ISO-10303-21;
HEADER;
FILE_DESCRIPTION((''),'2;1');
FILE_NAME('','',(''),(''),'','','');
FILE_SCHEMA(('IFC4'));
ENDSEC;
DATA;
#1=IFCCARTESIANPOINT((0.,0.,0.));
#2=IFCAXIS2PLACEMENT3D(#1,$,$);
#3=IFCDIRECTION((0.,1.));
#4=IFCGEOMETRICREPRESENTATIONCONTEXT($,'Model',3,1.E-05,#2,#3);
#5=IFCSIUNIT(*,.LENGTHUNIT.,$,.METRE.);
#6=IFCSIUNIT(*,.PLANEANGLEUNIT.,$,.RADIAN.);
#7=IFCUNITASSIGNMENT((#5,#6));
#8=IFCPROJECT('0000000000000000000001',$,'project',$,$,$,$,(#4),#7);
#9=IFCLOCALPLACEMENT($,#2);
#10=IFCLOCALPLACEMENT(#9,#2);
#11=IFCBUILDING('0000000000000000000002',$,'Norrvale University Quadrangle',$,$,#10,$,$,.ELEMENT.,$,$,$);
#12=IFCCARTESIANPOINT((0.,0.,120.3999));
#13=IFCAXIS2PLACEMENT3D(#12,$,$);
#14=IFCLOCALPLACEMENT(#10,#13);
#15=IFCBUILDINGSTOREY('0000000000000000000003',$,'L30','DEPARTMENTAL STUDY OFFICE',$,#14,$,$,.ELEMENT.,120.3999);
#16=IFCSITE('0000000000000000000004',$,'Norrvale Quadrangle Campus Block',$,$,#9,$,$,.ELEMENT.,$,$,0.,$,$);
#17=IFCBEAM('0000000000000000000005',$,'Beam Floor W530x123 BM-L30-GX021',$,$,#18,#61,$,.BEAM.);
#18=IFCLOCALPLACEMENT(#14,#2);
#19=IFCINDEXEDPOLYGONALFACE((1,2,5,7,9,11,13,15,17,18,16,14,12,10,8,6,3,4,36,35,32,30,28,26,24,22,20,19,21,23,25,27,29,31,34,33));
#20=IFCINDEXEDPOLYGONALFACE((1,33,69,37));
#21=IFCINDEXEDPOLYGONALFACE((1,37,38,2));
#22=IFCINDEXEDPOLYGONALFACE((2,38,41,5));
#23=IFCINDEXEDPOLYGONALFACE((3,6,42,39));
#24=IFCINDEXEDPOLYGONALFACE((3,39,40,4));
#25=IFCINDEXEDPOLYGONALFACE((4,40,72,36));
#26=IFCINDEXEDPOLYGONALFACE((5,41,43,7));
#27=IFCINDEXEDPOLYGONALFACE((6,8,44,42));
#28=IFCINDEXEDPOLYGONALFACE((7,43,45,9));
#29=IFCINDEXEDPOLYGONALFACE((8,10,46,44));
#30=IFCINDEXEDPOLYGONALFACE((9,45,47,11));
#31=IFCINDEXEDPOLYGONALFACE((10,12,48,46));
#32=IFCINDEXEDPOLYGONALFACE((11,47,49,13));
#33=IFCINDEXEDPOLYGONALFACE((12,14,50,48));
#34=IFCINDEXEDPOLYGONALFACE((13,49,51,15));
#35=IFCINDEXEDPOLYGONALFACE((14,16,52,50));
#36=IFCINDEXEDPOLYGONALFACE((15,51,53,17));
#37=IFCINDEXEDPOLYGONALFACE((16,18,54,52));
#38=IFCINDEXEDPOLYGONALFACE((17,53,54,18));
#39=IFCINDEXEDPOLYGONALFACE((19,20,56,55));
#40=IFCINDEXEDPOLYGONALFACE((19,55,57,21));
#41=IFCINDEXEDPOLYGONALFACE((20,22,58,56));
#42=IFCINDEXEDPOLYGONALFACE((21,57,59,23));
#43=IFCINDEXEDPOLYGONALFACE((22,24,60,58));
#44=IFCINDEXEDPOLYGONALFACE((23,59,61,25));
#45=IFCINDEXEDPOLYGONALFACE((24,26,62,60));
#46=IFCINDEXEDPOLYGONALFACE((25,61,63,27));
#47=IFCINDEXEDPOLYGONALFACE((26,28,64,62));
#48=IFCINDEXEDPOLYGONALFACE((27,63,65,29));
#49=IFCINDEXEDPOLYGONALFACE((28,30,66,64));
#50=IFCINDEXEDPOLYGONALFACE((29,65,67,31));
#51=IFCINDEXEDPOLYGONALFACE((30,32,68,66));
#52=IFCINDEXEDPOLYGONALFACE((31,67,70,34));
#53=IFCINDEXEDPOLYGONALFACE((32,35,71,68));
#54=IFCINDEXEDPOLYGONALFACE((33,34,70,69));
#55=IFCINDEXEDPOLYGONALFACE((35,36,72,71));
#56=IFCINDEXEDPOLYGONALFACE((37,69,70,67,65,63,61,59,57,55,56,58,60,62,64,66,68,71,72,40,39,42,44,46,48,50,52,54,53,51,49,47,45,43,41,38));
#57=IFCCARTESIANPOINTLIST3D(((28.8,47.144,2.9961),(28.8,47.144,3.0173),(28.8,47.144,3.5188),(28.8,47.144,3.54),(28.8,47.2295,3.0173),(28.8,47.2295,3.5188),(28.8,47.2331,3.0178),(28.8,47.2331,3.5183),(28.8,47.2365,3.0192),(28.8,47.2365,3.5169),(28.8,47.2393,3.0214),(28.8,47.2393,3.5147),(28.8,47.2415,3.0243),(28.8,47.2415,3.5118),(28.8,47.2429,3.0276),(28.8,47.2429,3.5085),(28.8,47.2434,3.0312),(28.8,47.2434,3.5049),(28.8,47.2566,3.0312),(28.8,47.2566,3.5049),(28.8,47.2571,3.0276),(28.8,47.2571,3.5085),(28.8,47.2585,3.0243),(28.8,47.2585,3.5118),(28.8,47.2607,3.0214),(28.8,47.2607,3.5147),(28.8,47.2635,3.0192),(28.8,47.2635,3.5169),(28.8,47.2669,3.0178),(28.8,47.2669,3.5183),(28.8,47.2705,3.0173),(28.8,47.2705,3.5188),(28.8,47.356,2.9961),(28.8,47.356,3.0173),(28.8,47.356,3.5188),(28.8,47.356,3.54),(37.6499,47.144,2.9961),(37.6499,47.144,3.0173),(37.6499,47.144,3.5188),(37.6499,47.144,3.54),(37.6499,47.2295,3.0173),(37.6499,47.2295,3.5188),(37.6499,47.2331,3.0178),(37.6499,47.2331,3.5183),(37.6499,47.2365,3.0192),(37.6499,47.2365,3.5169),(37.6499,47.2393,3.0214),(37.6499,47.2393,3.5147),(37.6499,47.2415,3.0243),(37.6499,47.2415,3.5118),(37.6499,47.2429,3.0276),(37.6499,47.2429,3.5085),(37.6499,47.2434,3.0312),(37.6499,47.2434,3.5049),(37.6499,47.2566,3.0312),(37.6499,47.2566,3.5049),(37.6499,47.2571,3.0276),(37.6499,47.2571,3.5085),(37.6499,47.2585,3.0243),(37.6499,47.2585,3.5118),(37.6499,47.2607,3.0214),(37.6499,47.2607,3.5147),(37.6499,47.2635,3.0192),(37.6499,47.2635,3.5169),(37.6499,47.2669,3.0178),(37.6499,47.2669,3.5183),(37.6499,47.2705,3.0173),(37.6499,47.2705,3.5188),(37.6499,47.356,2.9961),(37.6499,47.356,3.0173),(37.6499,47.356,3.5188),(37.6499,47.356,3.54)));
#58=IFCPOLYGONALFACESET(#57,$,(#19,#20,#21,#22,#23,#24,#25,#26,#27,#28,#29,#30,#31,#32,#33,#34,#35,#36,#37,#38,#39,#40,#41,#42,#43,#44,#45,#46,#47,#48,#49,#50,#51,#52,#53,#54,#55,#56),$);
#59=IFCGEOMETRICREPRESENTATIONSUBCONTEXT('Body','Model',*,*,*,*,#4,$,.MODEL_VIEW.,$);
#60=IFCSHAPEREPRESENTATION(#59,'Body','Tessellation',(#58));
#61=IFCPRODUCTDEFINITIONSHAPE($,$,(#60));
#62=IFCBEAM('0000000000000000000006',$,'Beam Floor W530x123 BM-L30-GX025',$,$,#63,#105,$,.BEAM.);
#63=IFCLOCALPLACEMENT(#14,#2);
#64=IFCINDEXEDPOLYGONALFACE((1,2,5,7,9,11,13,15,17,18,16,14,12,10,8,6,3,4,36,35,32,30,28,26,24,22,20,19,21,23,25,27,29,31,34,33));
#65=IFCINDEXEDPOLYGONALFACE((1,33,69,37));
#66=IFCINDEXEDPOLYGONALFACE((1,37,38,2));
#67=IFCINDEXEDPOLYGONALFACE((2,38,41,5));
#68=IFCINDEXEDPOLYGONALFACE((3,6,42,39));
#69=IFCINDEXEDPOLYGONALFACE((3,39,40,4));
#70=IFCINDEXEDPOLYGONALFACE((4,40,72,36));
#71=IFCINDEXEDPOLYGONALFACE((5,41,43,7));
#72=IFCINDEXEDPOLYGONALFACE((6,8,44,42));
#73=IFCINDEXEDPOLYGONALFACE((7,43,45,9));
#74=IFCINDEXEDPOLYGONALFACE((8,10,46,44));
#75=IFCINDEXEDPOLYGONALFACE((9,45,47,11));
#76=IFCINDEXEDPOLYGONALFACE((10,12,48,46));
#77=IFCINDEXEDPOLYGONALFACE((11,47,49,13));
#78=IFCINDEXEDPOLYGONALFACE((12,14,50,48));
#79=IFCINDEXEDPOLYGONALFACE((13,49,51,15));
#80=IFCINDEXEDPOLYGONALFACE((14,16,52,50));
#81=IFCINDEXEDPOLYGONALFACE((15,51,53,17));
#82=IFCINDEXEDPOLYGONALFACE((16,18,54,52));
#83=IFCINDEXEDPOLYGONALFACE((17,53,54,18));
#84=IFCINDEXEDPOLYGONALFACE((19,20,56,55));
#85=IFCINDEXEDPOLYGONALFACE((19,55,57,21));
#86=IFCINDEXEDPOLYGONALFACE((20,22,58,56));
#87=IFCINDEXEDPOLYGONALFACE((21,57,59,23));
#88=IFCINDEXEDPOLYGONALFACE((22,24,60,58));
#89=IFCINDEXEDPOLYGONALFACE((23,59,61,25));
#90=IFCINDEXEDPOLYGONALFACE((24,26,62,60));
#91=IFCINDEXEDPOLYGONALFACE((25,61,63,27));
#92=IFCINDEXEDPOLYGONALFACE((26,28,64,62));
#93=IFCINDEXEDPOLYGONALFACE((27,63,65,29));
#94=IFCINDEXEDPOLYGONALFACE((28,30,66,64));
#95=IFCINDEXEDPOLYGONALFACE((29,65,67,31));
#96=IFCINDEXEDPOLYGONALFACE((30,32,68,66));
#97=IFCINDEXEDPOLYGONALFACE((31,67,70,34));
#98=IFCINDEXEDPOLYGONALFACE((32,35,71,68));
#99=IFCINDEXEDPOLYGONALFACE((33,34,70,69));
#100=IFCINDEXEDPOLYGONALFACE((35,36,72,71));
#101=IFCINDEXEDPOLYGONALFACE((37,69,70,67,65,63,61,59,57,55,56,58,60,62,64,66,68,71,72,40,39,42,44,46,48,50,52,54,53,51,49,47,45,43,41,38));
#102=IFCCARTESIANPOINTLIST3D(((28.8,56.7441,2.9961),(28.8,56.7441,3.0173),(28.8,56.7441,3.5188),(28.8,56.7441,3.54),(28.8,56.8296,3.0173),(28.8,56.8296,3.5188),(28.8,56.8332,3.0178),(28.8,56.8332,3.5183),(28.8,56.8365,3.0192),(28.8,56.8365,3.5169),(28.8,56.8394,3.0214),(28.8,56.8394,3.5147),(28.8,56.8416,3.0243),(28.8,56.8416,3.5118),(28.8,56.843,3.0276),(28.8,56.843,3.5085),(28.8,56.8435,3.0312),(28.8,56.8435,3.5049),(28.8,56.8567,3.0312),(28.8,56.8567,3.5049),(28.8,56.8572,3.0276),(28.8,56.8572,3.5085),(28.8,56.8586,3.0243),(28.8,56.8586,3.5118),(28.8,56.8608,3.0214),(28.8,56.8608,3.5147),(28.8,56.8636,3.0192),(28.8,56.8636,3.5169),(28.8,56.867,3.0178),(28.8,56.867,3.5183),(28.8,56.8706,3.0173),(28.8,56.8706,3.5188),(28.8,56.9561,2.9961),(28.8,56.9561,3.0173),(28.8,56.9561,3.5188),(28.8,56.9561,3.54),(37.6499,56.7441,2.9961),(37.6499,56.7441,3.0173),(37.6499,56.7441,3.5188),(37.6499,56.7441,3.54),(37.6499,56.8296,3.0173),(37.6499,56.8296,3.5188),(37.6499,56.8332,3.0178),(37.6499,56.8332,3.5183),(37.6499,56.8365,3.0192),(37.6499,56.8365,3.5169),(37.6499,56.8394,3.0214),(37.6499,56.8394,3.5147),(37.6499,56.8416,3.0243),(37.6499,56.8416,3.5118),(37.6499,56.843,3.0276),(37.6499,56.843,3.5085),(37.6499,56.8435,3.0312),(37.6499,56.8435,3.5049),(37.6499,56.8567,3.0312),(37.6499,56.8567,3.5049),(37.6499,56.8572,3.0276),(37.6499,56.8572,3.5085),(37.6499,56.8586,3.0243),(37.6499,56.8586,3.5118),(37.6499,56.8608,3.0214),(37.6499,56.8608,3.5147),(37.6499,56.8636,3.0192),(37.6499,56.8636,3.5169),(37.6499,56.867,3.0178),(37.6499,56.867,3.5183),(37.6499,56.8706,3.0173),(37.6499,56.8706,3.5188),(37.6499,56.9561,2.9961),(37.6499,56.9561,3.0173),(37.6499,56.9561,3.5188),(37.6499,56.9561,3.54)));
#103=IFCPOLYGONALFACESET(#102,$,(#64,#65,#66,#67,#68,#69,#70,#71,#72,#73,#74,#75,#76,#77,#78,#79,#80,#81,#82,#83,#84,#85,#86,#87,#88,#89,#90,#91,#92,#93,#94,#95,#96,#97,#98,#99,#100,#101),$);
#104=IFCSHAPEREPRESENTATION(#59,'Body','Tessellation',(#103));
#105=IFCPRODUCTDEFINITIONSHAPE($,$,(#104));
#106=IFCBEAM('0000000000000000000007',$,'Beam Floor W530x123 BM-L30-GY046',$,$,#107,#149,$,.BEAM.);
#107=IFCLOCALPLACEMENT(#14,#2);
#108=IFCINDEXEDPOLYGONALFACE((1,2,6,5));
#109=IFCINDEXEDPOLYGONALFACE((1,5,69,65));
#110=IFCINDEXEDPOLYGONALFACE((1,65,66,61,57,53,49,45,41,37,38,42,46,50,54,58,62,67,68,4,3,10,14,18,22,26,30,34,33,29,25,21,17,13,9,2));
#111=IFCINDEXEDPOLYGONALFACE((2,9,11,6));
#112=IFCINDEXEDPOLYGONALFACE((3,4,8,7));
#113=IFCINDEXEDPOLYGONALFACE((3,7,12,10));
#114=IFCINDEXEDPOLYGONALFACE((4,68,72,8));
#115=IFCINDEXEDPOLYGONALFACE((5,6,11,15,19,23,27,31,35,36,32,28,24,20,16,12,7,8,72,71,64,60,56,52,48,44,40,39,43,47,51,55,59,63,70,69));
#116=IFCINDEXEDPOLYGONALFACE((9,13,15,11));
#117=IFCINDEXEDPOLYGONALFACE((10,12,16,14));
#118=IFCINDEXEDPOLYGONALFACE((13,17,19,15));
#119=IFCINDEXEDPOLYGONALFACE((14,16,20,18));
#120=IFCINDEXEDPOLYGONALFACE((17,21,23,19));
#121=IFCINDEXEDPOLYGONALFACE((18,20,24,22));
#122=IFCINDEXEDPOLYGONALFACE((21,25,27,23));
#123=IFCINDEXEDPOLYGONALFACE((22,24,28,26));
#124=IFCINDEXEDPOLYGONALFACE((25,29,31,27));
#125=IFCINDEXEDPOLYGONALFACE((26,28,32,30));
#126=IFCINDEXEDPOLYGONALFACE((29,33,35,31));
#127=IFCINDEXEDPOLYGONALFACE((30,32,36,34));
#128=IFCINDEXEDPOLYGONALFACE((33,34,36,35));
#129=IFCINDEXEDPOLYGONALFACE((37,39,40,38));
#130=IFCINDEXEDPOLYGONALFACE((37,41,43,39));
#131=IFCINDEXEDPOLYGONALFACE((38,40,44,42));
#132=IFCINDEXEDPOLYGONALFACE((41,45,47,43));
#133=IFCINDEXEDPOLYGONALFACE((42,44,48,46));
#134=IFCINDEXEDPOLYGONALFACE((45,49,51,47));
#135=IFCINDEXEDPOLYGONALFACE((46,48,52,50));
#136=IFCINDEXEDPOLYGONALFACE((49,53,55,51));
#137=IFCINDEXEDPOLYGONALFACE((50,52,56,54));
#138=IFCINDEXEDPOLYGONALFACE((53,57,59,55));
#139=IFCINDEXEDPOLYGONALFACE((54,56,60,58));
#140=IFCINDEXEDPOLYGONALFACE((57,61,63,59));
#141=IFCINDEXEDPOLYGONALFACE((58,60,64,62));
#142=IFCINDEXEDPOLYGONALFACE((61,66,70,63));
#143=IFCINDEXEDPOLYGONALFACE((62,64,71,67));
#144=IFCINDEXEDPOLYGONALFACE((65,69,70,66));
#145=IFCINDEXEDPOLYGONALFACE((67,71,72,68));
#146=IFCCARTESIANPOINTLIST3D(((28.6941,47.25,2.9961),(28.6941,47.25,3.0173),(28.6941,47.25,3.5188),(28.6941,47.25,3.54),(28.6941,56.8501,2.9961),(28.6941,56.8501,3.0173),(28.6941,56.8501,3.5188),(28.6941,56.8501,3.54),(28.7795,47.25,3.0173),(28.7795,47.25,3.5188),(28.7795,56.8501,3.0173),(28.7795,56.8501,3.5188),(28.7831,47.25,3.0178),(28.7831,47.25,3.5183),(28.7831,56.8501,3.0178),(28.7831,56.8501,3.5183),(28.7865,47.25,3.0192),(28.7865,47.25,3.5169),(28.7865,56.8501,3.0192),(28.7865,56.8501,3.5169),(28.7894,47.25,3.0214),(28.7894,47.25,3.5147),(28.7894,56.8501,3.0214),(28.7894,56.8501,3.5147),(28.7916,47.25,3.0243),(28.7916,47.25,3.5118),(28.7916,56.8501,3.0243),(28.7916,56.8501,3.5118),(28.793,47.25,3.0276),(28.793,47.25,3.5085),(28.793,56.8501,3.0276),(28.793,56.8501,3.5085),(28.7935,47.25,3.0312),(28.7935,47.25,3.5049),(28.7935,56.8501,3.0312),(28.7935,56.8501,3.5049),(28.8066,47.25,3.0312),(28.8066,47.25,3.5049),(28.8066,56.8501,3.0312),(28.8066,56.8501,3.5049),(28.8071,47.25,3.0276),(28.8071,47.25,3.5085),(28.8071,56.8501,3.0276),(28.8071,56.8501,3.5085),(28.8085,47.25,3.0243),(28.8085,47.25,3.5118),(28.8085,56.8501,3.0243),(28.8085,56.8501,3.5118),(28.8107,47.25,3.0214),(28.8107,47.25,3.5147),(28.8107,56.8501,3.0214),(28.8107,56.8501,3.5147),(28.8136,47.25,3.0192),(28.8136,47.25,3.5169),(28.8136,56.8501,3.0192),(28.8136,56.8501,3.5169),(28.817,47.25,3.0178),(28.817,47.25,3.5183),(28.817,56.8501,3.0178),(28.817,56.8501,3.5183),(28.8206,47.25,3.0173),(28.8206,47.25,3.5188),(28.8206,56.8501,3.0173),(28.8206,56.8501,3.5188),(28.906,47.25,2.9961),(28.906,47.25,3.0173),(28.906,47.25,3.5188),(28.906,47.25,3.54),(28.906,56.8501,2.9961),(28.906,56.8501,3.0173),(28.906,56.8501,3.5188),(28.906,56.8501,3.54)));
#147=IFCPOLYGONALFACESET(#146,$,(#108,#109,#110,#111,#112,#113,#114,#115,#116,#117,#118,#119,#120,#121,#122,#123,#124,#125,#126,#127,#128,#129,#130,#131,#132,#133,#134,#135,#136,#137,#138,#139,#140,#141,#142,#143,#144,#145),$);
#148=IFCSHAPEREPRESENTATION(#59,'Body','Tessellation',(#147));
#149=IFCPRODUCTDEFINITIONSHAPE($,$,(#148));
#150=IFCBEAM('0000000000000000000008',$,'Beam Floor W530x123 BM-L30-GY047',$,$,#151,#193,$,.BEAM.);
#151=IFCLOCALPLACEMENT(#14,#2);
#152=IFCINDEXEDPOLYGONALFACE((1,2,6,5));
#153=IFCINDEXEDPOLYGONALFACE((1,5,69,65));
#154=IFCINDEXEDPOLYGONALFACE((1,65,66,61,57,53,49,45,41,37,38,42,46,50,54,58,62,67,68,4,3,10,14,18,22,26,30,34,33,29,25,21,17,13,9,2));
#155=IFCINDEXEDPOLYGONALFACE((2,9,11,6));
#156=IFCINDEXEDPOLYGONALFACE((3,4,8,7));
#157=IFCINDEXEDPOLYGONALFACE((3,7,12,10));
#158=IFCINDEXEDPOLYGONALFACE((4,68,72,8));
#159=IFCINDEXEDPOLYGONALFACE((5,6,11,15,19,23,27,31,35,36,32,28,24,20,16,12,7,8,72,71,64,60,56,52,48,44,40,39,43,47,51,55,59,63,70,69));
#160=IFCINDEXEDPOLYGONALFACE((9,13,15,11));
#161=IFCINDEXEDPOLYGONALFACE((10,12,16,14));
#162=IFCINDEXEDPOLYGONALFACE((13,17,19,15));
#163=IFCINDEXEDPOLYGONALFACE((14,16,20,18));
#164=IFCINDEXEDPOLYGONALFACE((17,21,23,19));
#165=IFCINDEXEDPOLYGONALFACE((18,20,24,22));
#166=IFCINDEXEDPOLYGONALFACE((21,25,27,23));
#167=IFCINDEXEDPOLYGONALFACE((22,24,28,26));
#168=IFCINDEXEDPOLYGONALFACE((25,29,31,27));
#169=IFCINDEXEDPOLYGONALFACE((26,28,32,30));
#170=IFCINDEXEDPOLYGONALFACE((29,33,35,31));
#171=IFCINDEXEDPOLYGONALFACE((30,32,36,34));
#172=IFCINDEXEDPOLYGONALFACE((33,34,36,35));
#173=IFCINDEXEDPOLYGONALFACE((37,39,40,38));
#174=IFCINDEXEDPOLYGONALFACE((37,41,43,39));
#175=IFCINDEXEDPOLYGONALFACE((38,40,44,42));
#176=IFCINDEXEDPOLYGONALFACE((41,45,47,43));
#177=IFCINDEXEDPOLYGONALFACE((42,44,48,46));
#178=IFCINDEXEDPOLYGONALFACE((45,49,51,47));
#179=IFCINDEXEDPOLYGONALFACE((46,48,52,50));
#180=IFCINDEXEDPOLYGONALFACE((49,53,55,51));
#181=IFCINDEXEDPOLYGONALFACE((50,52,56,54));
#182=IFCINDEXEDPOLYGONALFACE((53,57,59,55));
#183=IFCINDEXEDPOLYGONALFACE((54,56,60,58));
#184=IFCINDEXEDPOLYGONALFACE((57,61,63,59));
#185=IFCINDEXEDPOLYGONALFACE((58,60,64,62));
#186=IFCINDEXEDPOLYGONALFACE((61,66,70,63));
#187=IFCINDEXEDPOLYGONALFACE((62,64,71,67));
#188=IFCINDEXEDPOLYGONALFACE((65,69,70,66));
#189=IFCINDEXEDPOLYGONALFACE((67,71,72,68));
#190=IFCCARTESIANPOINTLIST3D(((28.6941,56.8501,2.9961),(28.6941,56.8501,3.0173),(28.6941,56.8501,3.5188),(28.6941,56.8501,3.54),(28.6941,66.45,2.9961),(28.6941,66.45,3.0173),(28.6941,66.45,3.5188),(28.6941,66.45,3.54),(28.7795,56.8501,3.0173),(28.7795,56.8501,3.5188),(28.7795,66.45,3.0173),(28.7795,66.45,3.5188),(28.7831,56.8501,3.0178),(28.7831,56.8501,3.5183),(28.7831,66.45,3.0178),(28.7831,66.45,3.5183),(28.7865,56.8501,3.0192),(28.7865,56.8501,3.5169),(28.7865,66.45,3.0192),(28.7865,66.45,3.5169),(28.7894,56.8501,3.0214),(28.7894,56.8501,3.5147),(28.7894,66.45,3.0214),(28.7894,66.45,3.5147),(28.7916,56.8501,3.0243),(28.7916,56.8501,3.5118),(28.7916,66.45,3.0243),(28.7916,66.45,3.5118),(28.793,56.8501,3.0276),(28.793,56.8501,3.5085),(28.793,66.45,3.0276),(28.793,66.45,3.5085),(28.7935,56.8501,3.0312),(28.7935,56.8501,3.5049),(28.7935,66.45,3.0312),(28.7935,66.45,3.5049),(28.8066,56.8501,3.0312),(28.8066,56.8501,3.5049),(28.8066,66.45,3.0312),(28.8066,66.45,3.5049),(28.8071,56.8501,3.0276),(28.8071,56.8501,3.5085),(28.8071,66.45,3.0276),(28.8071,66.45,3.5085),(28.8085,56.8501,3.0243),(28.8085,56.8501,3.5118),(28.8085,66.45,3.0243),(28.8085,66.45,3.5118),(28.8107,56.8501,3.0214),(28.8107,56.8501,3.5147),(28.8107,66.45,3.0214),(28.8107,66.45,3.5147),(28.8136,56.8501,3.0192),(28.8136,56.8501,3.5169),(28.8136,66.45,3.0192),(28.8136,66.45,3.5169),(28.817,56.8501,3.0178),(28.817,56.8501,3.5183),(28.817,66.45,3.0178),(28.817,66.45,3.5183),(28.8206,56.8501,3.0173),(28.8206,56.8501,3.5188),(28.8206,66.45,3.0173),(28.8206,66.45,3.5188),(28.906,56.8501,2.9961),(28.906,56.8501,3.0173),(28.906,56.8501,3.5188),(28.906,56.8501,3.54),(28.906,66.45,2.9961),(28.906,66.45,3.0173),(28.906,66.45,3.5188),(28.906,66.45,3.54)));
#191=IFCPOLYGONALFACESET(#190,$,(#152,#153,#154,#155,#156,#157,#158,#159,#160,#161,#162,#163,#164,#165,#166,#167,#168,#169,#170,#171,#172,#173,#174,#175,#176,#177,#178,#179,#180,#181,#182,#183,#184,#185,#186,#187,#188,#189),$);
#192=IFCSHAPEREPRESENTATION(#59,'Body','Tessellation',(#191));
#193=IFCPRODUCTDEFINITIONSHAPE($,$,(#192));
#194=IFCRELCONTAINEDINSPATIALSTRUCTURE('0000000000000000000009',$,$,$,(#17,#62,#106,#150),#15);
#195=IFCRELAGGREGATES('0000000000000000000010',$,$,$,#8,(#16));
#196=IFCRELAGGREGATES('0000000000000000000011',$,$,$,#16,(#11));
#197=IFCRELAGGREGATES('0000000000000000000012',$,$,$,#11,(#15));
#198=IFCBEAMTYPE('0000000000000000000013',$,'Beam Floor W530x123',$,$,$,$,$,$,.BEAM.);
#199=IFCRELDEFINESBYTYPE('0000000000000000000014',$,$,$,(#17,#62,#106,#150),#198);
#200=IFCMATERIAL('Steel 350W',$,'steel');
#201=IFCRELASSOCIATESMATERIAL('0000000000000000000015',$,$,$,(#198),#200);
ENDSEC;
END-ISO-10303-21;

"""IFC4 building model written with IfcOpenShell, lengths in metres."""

from ifc_helpers import new_model, si_unit, direction, frame, origin, origin_2d, place, context, subcontext, project, spatial, i_section, extrude, material, material_profile, profile_set, type_object, element, save


model = new_model("IFC4")

# Units and contexts
model_context = context("Model", 3, precision=1e-05, world=origin(), true_north=direction((0.0, 1.0)))
body_context = subcontext(model_context, "Body", "Model", "MODEL_VIEW")
ifc_project = project(units=[si_unit("LENGTHUNIT", "METRE"), si_unit("PLANEANGLEUNIT", "RADIAN")], contexts=[model_context])

# Site, building, storey
site_placement = place(None, origin())
site = spatial("IfcSite", under=ifc_project, at=site_placement, Name="Norrvale Quadrangle Campus Block", CompositionType="ELEMENT", RefElevation=0.0)
building_placement = place(site_placement, origin())
building = spatial("IfcBuilding", under=site, at=building_placement, Name="Norrvale University Quadrangle", CompositionType="ELEMENT")
storey_placement = place(building_placement, frame((0.0, 0.0, 120.3999)))
storey = spatial("IfcBuildingStorey", under=building, at=storey_placement, Name="L30", Description="DEPARTMENTAL STUDY OFFICE", CompositionType="ELEMENT", Elevation=120.3999)

# Beams
ifc_material_1 = material(Name="Steel 350W", Category="steel")
ifc_material_profile_1 = material_profile(ifc_material_1, i_section(OverallWidth=0.2119, OverallDepth=0.5439, WebThickness=0.0132, FlangeThickness=0.0212, FilletRadius=0.0139, at=origin_2d()), Name="Steel 350W")
ifc_profile_set_1 = profile_set([ifc_material_profile_1], Name="Steel 350W")
beam_type_1 = type_object("IfcBeamType", Name="Beam Floor W530x123", PredefinedType="BEAM", material=ifc_profile_set_1)
for number, where, z_axis, x_axis, name in (
    (1, (28.8, 47.25, 3.2681), (1.0, 0.0, 0.0), (0.0, 1.0, 0.0), "Beam Floor W530x123 BM-L30-GX021"),
    (2, (28.8, 56.8501, 3.2681), (1.0, 0.0, 0.0), (0.0, 1.0, 0.0), "Beam Floor W530x123 BM-L30-GX025"),
):
    element("IfcBeam", number, at=place(storey_placement, frame(where, z_axis=z_axis, x_axis=x_axis)), inside=storey, type_object=beam_type_1, Name=name, PredefinedType="BEAM", context=body_context, shape_type="SweptSolid", body=[
        extrude(i_section(OverallWidth=0.2119, OverallDepth=0.5439, WebThickness=0.0132, FlangeThickness=0.0212, FilletRadius=0.0139, at=origin_2d()), origin(), (0.0, 0.0, 1.0), 8.8499),
    ])
beam_1_placement = place(storey_placement, frame((28.8, 47.25, 3.2681), z_axis=(0.0, 1.0, 0.0), x_axis=(-1.0, 0.0, 0.0)))
element("IfcBeam", 3, at=beam_1_placement, inside=storey, type_object=beam_type_1, Name="Beam Floor W530x123 BM-L30-GY046", PredefinedType="BEAM", context=body_context, shape_type="SweptSolid", body=[
    extrude(i_section(OverallWidth=0.2119, OverallDepth=0.5439, WebThickness=0.0132, FlangeThickness=0.0212, FilletRadius=0.0139, at=origin_2d()), origin(), (0.0, 0.0, 1.0), 9.6001),
])
beam_2_placement = place(storey_placement, frame((28.8, 56.8501, 3.2681), z_axis=(0.0, 1.0, 0.0), x_axis=(-1.0, 0.0, 0.0)))
element("IfcBeam", 4, at=beam_2_placement, inside=storey, type_object=beam_type_1, Name="Beam Floor W530x123 BM-L30-GY047", PredefinedType="BEAM", context=body_context, shape_type="SweptSolid", body=[
    extrude(i_section(OverallWidth=0.2119, OverallDepth=0.5439, WebThickness=0.0132, FlangeThickness=0.0212, FilletRadius=0.0139, at=origin_2d()), origin(), (0.0, 0.0, 1.0), 9.5999),
])

save(model, "model.ifc")
